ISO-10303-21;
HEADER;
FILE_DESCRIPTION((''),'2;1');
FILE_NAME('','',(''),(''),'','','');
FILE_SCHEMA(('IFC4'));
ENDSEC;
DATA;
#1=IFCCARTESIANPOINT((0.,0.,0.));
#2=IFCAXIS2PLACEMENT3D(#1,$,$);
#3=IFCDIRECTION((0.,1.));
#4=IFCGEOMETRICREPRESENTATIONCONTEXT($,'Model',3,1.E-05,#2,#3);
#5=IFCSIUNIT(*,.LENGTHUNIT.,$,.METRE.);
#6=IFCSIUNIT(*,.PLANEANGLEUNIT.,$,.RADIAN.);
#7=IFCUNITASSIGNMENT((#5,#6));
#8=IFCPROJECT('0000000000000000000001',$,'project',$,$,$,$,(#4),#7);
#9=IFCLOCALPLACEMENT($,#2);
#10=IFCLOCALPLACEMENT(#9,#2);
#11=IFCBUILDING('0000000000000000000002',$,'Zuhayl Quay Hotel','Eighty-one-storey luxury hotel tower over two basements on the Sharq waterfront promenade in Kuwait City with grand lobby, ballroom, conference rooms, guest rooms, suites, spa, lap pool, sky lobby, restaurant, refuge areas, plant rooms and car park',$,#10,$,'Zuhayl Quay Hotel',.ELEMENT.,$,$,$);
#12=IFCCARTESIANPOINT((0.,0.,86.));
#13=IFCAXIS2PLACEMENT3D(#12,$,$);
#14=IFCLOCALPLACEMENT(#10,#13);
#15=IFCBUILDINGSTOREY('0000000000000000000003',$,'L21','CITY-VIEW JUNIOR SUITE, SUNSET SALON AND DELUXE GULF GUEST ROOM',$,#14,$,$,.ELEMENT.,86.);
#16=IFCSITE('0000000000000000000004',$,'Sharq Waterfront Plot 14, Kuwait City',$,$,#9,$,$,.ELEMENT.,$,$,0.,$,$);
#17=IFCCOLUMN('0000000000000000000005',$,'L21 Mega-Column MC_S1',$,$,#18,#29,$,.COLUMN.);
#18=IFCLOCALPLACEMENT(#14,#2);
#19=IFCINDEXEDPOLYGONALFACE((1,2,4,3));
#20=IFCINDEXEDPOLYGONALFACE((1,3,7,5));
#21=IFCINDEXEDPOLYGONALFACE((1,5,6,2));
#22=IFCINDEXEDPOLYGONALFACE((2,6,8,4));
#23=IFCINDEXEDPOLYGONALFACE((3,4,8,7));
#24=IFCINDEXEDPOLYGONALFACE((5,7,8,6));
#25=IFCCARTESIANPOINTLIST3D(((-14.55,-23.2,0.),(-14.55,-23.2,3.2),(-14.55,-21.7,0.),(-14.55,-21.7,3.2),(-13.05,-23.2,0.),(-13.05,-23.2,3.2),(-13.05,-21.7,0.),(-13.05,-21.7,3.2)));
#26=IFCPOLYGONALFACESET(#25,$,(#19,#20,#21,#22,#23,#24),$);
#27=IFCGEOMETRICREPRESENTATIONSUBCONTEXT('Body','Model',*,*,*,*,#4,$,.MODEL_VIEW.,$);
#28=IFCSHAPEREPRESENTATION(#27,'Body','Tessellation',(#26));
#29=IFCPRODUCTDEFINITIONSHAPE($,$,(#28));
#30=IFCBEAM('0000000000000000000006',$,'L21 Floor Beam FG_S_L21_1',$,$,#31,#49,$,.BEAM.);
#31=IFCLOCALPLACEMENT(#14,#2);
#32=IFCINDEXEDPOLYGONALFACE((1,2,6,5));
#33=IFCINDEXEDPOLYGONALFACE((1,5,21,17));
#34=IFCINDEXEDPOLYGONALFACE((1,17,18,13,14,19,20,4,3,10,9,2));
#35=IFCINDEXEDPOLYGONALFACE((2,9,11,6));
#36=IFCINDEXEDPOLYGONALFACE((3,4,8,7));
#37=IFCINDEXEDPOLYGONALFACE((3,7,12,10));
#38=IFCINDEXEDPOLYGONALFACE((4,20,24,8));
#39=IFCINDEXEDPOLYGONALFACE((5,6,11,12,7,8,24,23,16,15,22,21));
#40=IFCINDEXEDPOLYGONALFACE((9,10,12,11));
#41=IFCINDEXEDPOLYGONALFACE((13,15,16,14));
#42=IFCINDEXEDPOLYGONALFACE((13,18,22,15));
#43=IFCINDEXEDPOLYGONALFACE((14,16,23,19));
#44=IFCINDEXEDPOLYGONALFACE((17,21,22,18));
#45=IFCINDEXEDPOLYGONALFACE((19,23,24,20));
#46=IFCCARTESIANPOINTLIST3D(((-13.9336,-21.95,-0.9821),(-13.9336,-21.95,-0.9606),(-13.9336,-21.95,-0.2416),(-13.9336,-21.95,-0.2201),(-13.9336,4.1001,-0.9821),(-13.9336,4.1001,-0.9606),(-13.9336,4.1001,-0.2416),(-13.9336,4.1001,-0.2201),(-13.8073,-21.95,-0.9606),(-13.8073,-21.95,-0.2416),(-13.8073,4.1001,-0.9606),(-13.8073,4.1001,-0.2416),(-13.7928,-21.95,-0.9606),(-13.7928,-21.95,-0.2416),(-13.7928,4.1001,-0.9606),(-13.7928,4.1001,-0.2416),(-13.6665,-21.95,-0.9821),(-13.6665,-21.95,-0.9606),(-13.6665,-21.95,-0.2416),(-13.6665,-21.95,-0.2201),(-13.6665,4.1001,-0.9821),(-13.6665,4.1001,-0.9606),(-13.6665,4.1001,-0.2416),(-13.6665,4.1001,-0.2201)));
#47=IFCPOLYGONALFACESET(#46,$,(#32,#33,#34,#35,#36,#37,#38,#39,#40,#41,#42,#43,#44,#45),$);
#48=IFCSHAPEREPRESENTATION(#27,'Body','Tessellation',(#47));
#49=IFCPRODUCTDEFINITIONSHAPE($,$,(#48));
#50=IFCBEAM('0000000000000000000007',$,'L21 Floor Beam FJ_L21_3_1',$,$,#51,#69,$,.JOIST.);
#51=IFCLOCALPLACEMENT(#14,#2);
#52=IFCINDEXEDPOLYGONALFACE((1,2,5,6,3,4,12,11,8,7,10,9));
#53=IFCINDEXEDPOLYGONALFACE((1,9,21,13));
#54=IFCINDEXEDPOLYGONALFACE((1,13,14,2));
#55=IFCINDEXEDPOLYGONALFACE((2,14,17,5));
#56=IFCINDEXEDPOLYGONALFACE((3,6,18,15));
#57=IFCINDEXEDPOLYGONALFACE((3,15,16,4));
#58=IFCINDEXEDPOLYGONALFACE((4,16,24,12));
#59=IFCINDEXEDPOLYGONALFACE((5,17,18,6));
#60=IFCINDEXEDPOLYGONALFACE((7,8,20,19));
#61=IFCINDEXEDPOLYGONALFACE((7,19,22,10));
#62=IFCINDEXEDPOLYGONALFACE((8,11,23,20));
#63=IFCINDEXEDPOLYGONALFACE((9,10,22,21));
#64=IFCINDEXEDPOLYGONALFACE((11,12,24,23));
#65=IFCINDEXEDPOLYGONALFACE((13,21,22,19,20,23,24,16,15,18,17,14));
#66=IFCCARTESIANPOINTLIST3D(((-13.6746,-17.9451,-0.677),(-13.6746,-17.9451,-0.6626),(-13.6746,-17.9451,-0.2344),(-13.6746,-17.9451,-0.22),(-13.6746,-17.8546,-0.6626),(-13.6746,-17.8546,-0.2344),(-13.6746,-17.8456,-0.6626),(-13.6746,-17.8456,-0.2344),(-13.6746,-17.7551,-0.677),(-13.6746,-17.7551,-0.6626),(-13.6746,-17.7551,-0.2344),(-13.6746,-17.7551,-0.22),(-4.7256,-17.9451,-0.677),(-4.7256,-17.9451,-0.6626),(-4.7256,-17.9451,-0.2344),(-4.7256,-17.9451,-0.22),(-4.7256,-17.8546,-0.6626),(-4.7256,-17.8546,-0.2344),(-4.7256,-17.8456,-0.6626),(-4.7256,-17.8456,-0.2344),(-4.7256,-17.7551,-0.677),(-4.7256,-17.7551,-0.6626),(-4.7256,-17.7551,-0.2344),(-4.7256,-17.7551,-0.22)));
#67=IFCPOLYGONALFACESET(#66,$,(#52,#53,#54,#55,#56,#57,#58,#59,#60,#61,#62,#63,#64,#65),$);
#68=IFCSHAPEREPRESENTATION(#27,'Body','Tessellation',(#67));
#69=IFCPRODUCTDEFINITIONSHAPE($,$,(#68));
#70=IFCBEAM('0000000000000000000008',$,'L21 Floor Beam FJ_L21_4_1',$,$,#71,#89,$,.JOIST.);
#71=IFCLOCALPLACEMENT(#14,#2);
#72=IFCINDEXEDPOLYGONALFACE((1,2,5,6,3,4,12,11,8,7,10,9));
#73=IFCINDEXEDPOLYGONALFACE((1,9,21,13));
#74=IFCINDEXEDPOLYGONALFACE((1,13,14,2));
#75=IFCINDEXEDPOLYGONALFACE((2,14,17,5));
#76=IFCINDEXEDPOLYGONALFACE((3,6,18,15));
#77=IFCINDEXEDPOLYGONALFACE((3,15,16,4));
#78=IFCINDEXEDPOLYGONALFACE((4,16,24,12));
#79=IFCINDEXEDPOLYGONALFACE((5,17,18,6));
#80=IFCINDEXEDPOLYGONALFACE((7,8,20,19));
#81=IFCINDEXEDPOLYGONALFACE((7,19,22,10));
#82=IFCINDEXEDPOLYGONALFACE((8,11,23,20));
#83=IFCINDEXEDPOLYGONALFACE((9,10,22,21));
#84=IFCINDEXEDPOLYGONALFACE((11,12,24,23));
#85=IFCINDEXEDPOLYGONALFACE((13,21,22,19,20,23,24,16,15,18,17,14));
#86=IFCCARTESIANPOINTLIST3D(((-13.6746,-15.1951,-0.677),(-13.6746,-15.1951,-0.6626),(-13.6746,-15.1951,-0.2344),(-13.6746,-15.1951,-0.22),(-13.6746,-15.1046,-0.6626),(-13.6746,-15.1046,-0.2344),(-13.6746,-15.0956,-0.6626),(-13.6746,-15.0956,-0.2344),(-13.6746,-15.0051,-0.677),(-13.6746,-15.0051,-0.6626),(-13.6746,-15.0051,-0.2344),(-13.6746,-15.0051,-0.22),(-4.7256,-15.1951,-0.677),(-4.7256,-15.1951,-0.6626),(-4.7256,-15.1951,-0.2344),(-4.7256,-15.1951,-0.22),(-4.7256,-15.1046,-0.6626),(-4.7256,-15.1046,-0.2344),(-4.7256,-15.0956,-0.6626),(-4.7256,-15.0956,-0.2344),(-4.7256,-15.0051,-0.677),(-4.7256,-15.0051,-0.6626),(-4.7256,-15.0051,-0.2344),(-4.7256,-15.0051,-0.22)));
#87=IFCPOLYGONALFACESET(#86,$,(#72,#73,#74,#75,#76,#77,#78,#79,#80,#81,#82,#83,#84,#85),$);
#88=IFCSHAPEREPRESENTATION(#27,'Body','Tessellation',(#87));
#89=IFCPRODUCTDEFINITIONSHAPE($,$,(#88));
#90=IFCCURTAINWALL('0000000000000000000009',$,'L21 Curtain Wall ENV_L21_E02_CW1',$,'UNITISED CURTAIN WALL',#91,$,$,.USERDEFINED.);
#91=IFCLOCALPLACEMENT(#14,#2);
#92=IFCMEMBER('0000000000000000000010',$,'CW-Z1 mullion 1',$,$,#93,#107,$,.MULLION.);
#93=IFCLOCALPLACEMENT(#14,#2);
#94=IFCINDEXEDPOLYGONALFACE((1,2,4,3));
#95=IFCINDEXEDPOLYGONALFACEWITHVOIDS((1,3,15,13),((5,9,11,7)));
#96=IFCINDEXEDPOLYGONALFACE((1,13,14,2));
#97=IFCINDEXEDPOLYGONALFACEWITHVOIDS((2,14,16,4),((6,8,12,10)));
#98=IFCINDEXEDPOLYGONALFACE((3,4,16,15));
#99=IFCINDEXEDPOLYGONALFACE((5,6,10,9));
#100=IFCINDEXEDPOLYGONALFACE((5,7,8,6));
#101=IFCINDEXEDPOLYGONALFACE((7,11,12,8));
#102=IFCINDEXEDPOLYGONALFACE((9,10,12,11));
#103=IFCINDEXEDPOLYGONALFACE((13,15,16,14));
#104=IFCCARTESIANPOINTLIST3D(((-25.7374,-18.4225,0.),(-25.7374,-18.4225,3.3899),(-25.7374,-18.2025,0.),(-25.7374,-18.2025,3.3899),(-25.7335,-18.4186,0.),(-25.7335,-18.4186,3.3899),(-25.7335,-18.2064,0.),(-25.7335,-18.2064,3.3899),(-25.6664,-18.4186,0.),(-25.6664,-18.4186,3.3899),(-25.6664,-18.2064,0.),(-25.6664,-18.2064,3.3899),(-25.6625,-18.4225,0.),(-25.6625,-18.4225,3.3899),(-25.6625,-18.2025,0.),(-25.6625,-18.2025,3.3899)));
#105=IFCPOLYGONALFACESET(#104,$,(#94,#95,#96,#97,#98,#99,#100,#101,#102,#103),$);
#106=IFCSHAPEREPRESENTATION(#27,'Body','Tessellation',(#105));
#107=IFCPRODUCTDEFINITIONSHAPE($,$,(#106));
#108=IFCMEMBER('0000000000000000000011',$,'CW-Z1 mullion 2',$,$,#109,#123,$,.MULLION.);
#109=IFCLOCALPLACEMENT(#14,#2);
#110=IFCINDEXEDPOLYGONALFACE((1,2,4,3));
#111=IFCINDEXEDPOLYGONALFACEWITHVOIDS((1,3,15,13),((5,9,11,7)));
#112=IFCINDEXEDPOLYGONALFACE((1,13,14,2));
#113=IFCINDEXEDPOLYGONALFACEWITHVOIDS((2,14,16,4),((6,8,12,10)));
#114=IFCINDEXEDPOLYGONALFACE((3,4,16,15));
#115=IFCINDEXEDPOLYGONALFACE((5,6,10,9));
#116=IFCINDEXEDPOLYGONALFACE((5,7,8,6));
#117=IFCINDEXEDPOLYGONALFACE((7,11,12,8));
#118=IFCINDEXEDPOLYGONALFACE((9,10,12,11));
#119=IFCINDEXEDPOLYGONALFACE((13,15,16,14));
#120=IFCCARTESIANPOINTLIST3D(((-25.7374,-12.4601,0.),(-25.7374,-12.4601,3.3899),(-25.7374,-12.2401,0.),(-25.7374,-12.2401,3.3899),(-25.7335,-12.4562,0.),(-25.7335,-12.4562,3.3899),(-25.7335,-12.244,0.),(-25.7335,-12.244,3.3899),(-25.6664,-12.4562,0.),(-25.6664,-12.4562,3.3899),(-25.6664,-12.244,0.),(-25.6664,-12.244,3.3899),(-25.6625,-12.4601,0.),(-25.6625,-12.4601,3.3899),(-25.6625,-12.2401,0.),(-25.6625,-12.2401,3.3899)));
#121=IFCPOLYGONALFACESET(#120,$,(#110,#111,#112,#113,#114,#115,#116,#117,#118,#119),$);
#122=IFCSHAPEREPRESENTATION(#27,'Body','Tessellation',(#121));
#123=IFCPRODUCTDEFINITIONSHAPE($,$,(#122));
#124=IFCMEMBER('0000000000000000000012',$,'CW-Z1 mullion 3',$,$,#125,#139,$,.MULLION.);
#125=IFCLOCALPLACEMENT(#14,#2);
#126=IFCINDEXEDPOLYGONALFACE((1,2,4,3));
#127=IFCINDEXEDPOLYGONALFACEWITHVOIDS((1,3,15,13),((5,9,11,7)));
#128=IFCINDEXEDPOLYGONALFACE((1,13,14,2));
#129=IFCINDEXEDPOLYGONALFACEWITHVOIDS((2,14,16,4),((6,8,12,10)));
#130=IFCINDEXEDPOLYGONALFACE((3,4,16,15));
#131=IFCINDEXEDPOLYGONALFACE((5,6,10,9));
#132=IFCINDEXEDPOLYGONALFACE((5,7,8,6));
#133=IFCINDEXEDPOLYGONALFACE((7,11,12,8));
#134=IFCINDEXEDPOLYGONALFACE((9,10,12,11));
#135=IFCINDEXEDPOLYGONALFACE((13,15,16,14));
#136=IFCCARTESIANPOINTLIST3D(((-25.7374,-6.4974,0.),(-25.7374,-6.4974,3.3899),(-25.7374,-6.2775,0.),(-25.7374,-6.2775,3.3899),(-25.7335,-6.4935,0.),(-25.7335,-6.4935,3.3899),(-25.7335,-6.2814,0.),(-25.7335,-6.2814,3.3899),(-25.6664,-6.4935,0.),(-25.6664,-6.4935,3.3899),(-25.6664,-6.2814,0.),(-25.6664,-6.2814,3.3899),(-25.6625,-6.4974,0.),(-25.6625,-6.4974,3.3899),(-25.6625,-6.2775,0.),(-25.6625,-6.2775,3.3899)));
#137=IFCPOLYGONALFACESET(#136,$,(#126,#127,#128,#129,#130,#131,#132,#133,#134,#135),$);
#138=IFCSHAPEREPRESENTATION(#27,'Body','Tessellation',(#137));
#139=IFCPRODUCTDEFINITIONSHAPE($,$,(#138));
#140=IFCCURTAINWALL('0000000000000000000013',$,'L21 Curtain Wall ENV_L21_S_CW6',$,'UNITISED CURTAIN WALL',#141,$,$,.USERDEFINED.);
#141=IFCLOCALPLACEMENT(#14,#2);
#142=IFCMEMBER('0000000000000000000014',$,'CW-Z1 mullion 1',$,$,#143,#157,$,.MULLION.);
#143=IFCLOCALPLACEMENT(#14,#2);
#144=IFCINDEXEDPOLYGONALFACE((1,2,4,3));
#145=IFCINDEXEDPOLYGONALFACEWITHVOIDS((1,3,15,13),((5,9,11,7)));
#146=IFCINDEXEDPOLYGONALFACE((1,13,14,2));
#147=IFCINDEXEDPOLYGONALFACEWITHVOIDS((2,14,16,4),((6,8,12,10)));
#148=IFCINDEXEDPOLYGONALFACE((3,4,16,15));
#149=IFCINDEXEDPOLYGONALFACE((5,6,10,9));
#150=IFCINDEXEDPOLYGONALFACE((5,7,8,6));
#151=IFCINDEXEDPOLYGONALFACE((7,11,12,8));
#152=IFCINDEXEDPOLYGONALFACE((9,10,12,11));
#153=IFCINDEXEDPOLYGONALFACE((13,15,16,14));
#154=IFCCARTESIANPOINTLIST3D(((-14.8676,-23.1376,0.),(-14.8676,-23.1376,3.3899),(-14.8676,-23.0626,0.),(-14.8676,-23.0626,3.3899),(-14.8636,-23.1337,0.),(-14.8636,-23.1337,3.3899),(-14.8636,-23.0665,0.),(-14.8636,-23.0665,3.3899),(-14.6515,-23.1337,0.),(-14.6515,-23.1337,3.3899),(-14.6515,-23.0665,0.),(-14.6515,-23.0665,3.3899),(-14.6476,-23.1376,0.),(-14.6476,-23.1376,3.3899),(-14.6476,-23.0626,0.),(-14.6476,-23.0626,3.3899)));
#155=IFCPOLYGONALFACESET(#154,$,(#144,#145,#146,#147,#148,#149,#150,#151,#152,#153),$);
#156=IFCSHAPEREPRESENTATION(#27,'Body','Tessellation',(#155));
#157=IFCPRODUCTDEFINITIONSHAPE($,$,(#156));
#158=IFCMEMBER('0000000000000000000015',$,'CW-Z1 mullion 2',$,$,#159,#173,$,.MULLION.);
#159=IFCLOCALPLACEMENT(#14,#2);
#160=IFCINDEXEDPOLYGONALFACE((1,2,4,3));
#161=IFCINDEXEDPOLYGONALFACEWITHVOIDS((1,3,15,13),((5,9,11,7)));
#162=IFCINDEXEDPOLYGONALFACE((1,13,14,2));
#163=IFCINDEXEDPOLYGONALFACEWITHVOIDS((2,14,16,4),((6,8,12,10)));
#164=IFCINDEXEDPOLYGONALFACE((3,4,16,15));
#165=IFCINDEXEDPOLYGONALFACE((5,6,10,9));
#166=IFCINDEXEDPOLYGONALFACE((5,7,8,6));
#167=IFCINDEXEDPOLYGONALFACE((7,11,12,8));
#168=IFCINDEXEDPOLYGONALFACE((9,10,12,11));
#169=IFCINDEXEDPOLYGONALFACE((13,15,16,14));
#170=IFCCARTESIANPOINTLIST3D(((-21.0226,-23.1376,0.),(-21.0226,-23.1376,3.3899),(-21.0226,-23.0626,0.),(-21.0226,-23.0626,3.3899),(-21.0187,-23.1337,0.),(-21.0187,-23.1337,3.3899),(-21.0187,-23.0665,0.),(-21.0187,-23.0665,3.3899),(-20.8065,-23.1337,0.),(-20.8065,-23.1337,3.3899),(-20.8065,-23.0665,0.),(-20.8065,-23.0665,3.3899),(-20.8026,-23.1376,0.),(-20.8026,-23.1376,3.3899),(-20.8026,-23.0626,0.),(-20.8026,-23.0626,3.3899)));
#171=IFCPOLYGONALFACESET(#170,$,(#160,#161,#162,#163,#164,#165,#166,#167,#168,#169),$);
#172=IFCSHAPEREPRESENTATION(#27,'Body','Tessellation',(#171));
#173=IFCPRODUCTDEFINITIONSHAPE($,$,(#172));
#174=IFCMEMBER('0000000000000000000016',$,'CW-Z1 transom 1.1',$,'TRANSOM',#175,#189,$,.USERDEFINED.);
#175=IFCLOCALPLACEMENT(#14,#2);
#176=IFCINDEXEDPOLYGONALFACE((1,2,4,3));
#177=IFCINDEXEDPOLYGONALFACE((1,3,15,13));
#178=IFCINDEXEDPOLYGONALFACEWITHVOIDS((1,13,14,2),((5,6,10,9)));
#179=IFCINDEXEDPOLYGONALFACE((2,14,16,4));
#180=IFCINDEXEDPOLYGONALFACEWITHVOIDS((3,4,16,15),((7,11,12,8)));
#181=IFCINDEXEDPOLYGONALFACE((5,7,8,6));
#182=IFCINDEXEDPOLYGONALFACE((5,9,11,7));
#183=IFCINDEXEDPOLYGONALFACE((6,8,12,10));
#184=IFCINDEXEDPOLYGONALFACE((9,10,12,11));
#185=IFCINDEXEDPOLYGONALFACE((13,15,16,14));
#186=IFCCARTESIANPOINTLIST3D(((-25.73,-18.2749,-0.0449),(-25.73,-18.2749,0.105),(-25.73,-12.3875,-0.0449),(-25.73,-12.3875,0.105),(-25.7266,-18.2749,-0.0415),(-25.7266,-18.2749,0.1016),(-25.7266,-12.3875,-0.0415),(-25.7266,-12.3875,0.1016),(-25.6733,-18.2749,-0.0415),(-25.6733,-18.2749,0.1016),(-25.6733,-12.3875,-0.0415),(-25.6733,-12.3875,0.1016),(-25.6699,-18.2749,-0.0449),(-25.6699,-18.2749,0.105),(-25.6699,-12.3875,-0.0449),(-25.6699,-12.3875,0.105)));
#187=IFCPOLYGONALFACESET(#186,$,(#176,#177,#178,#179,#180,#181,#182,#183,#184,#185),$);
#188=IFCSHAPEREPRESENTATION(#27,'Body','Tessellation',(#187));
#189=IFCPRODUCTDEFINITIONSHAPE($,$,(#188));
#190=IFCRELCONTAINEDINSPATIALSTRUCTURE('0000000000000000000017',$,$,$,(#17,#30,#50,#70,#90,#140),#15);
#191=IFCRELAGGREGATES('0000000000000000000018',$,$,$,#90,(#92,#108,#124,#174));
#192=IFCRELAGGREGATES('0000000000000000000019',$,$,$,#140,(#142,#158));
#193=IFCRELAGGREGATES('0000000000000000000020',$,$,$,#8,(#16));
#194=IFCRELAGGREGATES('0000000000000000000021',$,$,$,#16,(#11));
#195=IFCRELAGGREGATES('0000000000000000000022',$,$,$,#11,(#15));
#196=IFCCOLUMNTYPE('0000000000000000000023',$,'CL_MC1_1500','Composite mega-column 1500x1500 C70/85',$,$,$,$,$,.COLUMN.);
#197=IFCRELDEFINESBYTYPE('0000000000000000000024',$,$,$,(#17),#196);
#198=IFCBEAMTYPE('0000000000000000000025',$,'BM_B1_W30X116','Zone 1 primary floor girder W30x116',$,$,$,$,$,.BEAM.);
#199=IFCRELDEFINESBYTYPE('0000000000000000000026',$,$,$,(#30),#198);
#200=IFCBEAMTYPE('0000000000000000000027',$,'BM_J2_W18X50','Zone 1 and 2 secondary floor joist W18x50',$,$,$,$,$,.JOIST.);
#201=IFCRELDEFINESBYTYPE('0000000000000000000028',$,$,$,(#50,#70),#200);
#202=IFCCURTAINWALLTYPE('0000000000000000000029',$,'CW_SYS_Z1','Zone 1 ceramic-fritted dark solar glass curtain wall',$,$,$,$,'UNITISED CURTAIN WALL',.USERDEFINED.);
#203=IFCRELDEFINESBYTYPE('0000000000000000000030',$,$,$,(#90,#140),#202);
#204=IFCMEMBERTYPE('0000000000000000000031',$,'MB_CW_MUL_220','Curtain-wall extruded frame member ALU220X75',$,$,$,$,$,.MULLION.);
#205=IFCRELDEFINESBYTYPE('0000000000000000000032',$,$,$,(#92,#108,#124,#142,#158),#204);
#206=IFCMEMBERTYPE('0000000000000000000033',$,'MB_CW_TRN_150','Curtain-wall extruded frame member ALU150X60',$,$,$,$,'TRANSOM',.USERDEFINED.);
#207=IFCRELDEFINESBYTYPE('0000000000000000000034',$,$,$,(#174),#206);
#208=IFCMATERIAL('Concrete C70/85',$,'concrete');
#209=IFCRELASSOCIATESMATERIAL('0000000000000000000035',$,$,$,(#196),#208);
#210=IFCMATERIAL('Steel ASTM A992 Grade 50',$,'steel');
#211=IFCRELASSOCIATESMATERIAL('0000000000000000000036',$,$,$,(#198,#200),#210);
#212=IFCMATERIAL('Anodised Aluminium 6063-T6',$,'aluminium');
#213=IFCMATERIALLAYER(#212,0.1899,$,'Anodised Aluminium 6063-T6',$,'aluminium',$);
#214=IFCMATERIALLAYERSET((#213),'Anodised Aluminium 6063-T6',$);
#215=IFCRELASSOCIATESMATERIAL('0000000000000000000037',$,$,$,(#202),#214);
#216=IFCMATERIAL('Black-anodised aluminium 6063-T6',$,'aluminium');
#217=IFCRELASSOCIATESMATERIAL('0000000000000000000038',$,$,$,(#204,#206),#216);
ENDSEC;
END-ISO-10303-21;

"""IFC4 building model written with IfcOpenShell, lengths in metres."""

from ifc_helpers import new_model, si_unit, direction, frame, origin, origin_2d, place, context, subcontext, project, spatial, rectangle, hollow_rectangle, i_section, extrude, material, layer, layer_set, material_profile, profile_set, type_object, element, aggregate, save


model = new_model("IFC4")

# Units and contexts
model_context = context("Model", 3, precision=1e-05, world=origin(), true_north=direction((0.0, 1.0)))
body_context = subcontext(model_context, "Body", "Model", "MODEL_VIEW")
ifc_project = project(units=[si_unit("LENGTHUNIT", "METRE"), si_unit("PLANEANGLEUNIT", "RADIAN")], contexts=[model_context])

# Site, building, storey
site_placement = place(None, origin())
site = spatial("IfcSite", under=ifc_project, at=site_placement, Name="Sharq Waterfront Plot 14, Kuwait City", CompositionType="ELEMENT", RefElevation=0.0)
building_placement = place(site_placement, origin())
building = spatial("IfcBuilding", under=site, at=building_placement, Name="Zuhayl Quay Hotel", Description="Eighty-one-storey luxury hotel tower over two basements on the Sharq waterfront promenade in Kuwait City with grand lobby, ballroom, conference rooms, guest rooms, suites, spa, lap pool, sky lobby, restaurant, refuge areas, plant rooms and car park", LongName="Zuhayl Quay Hotel", CompositionType="ELEMENT")
storey_placement = place(building_placement, frame((0.0, 0.0, 86.0)))
storey = spatial("IfcBuildingStorey", under=building, at=storey_placement, Name="L21", Description="CITY-VIEW JUNIOR SUITE, SUNSET SALON AND DELUXE GULF GUEST ROOM", CompositionType="ELEMENT", Elevation=86.0)

# Column
ifc_material_1 = material(Name="Concrete C70/85", Category="concrete")
ifc_material_profile_1 = material_profile(ifc_material_1, rectangle(XDim=1.5, YDim=1.5, at=origin_2d()), Name="RC1500X1500")
ifc_profile_set_1 = profile_set([ifc_material_profile_1], Name="Concrete C70/85")
column_type = type_object("IfcColumnType", Name="CL_MC1_1500", Description="Composite mega-column 1500x1500 C70/85", PredefinedType="COLUMN", material=ifc_profile_set_1)
column_placement = place(storey_placement, frame((-13.8, -22.45, 0.0), z_axis=(0.0, 0.0, 1.0), x_axis=(1.0, 0.0, 0.0)))
element("IfcColumn", 1, at=column_placement, inside=storey, type_object=column_type, Name="L21 Mega-Column MC_S1", PredefinedType="COLUMN", context=body_context, shape_type="SweptSolid", body=[
    extrude(rectangle(XDim=1.5, YDim=1.5, at=origin_2d()), origin(), (0.0, 0.0, 1.0), 3.2),
])

# Beams
ifc_material_2 = material(Name="Steel ASTM A992 Grade 50", Category="steel")
ifc_material_profile_2 = material_profile(ifc_material_2, i_section(OverallWidth=0.2671, OverallDepth=0.762, WebThickness=0.0144, FlangeThickness=0.0215, at=origin_2d()), Name="W30X116")
ifc_profile_set_2 = profile_set([ifc_material_profile_2], Name="Steel ASTM A992 Grade 50")
beam_type_1 = type_object("IfcBeamType", Name="BM_B1_W30X116", Description="Zone 1 primary floor girder W30x116", PredefinedType="BEAM", material=ifc_profile_set_2)
beam_placement = place(storey_placement, frame((-13.8, -21.95, -0.6011), z_axis=(0.0, 1.0, 0.0), x_axis=(-1.0, 0.0, 0.0)))
element("IfcBeam", 2, at=beam_placement, inside=storey, type_object=beam_type_1, Name="L21 Floor Beam FG_S_L21_1", PredefinedType="BEAM", context=body_context, shape_type="SweptSolid", body=[
    extrude(i_section(OverallWidth=0.2671, OverallDepth=0.762, WebThickness=0.0144, FlangeThickness=0.0215, at=origin_2d()), origin(), (0.0, 0.0, 1.0), 26.05),
])
ifc_material_profile_3 = material_profile(ifc_material_2, i_section(OverallWidth=0.1899, OverallDepth=0.457, WebThickness=0.009, FlangeThickness=0.0144, at=origin_2d()), Name="W18X50")
ifc_profile_set_3 = profile_set([ifc_material_profile_3], Name="Steel ASTM A992 Grade 50")
beam_type_2 = type_object("IfcBeamType", Name="BM_J2_W18X50", Description="Zone 1 and 2 secondary floor joist W18x50", PredefinedType="JOIST", material=ifc_profile_set_3)
for number, where, z_axis, x_axis, name in (
    (3, (-13.6746, -17.8501, -0.4485), (1.0, 0.0, 0.0), (0.0, 1.0, 0.0), "L21 Floor Beam FJ_L21_3_1"),
    (4, (-13.6746, -15.1001, -0.4485), (1.0, 0.0, 0.0), (0.0, 1.0, 0.0), "L21 Floor Beam FJ_L21_4_1"),
):
    element("IfcBeam", number, at=place(storey_placement, frame(where, z_axis=z_axis, x_axis=x_axis)), inside=storey, type_object=beam_type_2, Name=name, PredefinedType="JOIST", context=body_context, shape_type="SweptSolid", body=[
        extrude(i_section(OverallWidth=0.1899, OverallDepth=0.457, WebThickness=0.009, FlangeThickness=0.0144, at=origin_2d()), origin(), (0.0, 0.0, 1.0), 8.949),
    ])

# Curtain walls, members
ifc_material_3 = material(Name="Anodised Aluminium 6063-T6", Category="aluminium")
ifc_layer_1 = layer(ifc_material_3, 0.1899, Name="Anodised Aluminium 6063-T6", Category="aluminium")
ifc_layer_set_1 = layer_set([ifc_layer_1], Name="Anodised Aluminium 6063-T6")
curtain_wall_type = type_object("IfcCurtainWallType", Name="CW_SYS_Z1", Description="Zone 1 ceramic-fritted dark solar glass curtain wall", ElementType="UNITISED CURTAIN WALL", PredefinedType="USERDEFINED", material=ifc_layer_set_1)
curtain_wall_1_placement = place(storey_placement, origin())
curtain_wall_1 = element("IfcCurtainWall", 5, at=curtain_wall_1_placement, inside=storey, type_object=curtain_wall_type, Name="L21 Curtain Wall ENV_L21_E02_CW1", ObjectType="UNITISED CURTAIN WALL", PredefinedType="USERDEFINED")
ifc_material_4 = material(Name="Black-anodised aluminium 6063-T6", Category="aluminium")
ifc_material_profile_4 = material_profile(ifc_material_4, hollow_rectangle(XDim=0.075, YDim=0.22, WallThickness=0.0039, at=origin_2d()), Name="ALU220X75")
ifc_profile_set_4 = profile_set([ifc_material_profile_4], Name="Black-anodised aluminium 6063-T6")
member_type_1 = type_object("IfcMemberType", Name="MB_CW_MUL_220", Description="Curtain-wall extruded frame member ALU220X75", PredefinedType="MULLION", material=ifc_profile_set_4)
member_1_placement = place(storey_placement, frame((-25.7, -18.3125, 0.0), z_axis=(0.0, 0.0, 1.0), x_axis=(-1.0, 0.0, 0.0)))
member_1 = element("IfcMember", 6, at=member_1_placement, type_object=member_type_1, Name="CW-Z1 mullion 1", PredefinedType="MULLION", context=body_context, shape_type="SweptSolid", body=[
    extrude(hollow_rectangle(XDim=0.075, YDim=0.22, WallThickness=0.0039, at=origin_2d()), origin(), (0.0, 0.0, 1.0), 3.3899),
])
member_2_placement = place(storey_placement, frame((-25.7, -12.3501, 0.0), z_axis=(0.0, 0.0, 1.0), x_axis=(-1.0, 0.0, 0.0)))
member_2 = element("IfcMember", 7, at=member_2_placement, type_object=member_type_1, Name="CW-Z1 mullion 2", PredefinedType="MULLION", context=body_context, shape_type="SweptSolid", body=[
    extrude(hollow_rectangle(XDim=0.075, YDim=0.22, WallThickness=0.0039, at=origin_2d()), origin(), (0.0, 0.0, 1.0), 3.3899),
])
member_3_placement = place(storey_placement, frame((-25.7, -6.3875, 0.0), z_axis=(0.0, 0.0, 1.0), x_axis=(-1.0, 0.0, 0.0)))
member_3 = element("IfcMember", 8, at=member_3_placement, type_object=member_type_1, Name="CW-Z1 mullion 3", PredefinedType="MULLION", context=body_context, shape_type="SweptSolid", body=[
    extrude(hollow_rectangle(XDim=0.075, YDim=0.22, WallThickness=0.0039, at=origin_2d()), origin(), (0.0, 0.0, 1.0), 3.3899),
])
curtain_wall_2_placement = place(storey_placement, origin())
curtain_wall_2 = element("IfcCurtainWall", 9, at=curtain_wall_2_placement, inside=storey, type_object=curtain_wall_type, Name="L21 Curtain Wall ENV_L21_S_CW6", ObjectType="UNITISED CURTAIN WALL", PredefinedType="USERDEFINED")
member_4_placement = place(storey_placement, frame((-14.7576, -23.1001, 0.0), z_axis=(0.0, 0.0, 1.0), x_axis=(0.0, -1.0, 0.0)))
member_4 = element("IfcMember", 10, at=member_4_placement, type_object=member_type_1, Name="CW-Z1 mullion 1", PredefinedType="MULLION", context=body_context, shape_type="SweptSolid", body=[
    extrude(hollow_rectangle(XDim=0.075, YDim=0.22, WallThickness=0.0039, at=origin_2d()), origin(), (0.0, 0.0, 1.0), 3.3899),
])
member_5_placement = place(storey_placement, frame((-20.9126, -23.1001, 0.0), z_axis=(0.0, 0.0, 1.0), x_axis=(0.0, -1.0, 0.0)))
member_5 = element("IfcMember", 11, at=member_5_placement, type_object=member_type_1, Name="CW-Z1 mullion 2", PredefinedType="MULLION", context=body_context, shape_type="SweptSolid", body=[
    extrude(hollow_rectangle(XDim=0.075, YDim=0.22, WallThickness=0.0039, at=origin_2d()), origin(), (0.0, 0.0, 1.0), 3.3899),
])

# Member
ifc_material_profile_5 = material_profile(ifc_material_4, hollow_rectangle(XDim=0.0601, YDim=0.1499, WallThickness=0.0034, at=origin_2d()), Name="ALU150X60")
ifc_profile_set_5 = profile_set([ifc_material_profile_5], Name="Black-anodised aluminium 6063-T6")
member_type_2 = type_object("IfcMemberType", Name="MB_CW_TRN_150", Description="Curtain-wall extruded frame member ALU150X60", ElementType="TRANSOM", PredefinedType="USERDEFINED", material=ifc_profile_set_5)
member_6_placement = place(storey_placement, frame((-25.7, -18.2749, 0.03), z_axis=(0.0, 1.0, 0.0), x_axis=(-1.0, 0.0, 0.0)))
member_6 = element("IfcMember", 12, at=member_6_placement, type_object=member_type_2, Name="CW-Z1 transom 1.1", ObjectType="TRANSOM", PredefinedType="USERDEFINED", context=body_context, shape_type="SweptSolid", body=[
    extrude(hollow_rectangle(XDim=0.0601, YDim=0.1499, WallThickness=0.0034, at=origin_2d()), origin(), (0.0, 0.0, 1.0), 5.8875),
])

aggregate(curtain_wall_1, [member_1, member_2, member_3, member_6])
aggregate(curtain_wall_2, [member_4, member_5])

save(model, "model.ifc")
